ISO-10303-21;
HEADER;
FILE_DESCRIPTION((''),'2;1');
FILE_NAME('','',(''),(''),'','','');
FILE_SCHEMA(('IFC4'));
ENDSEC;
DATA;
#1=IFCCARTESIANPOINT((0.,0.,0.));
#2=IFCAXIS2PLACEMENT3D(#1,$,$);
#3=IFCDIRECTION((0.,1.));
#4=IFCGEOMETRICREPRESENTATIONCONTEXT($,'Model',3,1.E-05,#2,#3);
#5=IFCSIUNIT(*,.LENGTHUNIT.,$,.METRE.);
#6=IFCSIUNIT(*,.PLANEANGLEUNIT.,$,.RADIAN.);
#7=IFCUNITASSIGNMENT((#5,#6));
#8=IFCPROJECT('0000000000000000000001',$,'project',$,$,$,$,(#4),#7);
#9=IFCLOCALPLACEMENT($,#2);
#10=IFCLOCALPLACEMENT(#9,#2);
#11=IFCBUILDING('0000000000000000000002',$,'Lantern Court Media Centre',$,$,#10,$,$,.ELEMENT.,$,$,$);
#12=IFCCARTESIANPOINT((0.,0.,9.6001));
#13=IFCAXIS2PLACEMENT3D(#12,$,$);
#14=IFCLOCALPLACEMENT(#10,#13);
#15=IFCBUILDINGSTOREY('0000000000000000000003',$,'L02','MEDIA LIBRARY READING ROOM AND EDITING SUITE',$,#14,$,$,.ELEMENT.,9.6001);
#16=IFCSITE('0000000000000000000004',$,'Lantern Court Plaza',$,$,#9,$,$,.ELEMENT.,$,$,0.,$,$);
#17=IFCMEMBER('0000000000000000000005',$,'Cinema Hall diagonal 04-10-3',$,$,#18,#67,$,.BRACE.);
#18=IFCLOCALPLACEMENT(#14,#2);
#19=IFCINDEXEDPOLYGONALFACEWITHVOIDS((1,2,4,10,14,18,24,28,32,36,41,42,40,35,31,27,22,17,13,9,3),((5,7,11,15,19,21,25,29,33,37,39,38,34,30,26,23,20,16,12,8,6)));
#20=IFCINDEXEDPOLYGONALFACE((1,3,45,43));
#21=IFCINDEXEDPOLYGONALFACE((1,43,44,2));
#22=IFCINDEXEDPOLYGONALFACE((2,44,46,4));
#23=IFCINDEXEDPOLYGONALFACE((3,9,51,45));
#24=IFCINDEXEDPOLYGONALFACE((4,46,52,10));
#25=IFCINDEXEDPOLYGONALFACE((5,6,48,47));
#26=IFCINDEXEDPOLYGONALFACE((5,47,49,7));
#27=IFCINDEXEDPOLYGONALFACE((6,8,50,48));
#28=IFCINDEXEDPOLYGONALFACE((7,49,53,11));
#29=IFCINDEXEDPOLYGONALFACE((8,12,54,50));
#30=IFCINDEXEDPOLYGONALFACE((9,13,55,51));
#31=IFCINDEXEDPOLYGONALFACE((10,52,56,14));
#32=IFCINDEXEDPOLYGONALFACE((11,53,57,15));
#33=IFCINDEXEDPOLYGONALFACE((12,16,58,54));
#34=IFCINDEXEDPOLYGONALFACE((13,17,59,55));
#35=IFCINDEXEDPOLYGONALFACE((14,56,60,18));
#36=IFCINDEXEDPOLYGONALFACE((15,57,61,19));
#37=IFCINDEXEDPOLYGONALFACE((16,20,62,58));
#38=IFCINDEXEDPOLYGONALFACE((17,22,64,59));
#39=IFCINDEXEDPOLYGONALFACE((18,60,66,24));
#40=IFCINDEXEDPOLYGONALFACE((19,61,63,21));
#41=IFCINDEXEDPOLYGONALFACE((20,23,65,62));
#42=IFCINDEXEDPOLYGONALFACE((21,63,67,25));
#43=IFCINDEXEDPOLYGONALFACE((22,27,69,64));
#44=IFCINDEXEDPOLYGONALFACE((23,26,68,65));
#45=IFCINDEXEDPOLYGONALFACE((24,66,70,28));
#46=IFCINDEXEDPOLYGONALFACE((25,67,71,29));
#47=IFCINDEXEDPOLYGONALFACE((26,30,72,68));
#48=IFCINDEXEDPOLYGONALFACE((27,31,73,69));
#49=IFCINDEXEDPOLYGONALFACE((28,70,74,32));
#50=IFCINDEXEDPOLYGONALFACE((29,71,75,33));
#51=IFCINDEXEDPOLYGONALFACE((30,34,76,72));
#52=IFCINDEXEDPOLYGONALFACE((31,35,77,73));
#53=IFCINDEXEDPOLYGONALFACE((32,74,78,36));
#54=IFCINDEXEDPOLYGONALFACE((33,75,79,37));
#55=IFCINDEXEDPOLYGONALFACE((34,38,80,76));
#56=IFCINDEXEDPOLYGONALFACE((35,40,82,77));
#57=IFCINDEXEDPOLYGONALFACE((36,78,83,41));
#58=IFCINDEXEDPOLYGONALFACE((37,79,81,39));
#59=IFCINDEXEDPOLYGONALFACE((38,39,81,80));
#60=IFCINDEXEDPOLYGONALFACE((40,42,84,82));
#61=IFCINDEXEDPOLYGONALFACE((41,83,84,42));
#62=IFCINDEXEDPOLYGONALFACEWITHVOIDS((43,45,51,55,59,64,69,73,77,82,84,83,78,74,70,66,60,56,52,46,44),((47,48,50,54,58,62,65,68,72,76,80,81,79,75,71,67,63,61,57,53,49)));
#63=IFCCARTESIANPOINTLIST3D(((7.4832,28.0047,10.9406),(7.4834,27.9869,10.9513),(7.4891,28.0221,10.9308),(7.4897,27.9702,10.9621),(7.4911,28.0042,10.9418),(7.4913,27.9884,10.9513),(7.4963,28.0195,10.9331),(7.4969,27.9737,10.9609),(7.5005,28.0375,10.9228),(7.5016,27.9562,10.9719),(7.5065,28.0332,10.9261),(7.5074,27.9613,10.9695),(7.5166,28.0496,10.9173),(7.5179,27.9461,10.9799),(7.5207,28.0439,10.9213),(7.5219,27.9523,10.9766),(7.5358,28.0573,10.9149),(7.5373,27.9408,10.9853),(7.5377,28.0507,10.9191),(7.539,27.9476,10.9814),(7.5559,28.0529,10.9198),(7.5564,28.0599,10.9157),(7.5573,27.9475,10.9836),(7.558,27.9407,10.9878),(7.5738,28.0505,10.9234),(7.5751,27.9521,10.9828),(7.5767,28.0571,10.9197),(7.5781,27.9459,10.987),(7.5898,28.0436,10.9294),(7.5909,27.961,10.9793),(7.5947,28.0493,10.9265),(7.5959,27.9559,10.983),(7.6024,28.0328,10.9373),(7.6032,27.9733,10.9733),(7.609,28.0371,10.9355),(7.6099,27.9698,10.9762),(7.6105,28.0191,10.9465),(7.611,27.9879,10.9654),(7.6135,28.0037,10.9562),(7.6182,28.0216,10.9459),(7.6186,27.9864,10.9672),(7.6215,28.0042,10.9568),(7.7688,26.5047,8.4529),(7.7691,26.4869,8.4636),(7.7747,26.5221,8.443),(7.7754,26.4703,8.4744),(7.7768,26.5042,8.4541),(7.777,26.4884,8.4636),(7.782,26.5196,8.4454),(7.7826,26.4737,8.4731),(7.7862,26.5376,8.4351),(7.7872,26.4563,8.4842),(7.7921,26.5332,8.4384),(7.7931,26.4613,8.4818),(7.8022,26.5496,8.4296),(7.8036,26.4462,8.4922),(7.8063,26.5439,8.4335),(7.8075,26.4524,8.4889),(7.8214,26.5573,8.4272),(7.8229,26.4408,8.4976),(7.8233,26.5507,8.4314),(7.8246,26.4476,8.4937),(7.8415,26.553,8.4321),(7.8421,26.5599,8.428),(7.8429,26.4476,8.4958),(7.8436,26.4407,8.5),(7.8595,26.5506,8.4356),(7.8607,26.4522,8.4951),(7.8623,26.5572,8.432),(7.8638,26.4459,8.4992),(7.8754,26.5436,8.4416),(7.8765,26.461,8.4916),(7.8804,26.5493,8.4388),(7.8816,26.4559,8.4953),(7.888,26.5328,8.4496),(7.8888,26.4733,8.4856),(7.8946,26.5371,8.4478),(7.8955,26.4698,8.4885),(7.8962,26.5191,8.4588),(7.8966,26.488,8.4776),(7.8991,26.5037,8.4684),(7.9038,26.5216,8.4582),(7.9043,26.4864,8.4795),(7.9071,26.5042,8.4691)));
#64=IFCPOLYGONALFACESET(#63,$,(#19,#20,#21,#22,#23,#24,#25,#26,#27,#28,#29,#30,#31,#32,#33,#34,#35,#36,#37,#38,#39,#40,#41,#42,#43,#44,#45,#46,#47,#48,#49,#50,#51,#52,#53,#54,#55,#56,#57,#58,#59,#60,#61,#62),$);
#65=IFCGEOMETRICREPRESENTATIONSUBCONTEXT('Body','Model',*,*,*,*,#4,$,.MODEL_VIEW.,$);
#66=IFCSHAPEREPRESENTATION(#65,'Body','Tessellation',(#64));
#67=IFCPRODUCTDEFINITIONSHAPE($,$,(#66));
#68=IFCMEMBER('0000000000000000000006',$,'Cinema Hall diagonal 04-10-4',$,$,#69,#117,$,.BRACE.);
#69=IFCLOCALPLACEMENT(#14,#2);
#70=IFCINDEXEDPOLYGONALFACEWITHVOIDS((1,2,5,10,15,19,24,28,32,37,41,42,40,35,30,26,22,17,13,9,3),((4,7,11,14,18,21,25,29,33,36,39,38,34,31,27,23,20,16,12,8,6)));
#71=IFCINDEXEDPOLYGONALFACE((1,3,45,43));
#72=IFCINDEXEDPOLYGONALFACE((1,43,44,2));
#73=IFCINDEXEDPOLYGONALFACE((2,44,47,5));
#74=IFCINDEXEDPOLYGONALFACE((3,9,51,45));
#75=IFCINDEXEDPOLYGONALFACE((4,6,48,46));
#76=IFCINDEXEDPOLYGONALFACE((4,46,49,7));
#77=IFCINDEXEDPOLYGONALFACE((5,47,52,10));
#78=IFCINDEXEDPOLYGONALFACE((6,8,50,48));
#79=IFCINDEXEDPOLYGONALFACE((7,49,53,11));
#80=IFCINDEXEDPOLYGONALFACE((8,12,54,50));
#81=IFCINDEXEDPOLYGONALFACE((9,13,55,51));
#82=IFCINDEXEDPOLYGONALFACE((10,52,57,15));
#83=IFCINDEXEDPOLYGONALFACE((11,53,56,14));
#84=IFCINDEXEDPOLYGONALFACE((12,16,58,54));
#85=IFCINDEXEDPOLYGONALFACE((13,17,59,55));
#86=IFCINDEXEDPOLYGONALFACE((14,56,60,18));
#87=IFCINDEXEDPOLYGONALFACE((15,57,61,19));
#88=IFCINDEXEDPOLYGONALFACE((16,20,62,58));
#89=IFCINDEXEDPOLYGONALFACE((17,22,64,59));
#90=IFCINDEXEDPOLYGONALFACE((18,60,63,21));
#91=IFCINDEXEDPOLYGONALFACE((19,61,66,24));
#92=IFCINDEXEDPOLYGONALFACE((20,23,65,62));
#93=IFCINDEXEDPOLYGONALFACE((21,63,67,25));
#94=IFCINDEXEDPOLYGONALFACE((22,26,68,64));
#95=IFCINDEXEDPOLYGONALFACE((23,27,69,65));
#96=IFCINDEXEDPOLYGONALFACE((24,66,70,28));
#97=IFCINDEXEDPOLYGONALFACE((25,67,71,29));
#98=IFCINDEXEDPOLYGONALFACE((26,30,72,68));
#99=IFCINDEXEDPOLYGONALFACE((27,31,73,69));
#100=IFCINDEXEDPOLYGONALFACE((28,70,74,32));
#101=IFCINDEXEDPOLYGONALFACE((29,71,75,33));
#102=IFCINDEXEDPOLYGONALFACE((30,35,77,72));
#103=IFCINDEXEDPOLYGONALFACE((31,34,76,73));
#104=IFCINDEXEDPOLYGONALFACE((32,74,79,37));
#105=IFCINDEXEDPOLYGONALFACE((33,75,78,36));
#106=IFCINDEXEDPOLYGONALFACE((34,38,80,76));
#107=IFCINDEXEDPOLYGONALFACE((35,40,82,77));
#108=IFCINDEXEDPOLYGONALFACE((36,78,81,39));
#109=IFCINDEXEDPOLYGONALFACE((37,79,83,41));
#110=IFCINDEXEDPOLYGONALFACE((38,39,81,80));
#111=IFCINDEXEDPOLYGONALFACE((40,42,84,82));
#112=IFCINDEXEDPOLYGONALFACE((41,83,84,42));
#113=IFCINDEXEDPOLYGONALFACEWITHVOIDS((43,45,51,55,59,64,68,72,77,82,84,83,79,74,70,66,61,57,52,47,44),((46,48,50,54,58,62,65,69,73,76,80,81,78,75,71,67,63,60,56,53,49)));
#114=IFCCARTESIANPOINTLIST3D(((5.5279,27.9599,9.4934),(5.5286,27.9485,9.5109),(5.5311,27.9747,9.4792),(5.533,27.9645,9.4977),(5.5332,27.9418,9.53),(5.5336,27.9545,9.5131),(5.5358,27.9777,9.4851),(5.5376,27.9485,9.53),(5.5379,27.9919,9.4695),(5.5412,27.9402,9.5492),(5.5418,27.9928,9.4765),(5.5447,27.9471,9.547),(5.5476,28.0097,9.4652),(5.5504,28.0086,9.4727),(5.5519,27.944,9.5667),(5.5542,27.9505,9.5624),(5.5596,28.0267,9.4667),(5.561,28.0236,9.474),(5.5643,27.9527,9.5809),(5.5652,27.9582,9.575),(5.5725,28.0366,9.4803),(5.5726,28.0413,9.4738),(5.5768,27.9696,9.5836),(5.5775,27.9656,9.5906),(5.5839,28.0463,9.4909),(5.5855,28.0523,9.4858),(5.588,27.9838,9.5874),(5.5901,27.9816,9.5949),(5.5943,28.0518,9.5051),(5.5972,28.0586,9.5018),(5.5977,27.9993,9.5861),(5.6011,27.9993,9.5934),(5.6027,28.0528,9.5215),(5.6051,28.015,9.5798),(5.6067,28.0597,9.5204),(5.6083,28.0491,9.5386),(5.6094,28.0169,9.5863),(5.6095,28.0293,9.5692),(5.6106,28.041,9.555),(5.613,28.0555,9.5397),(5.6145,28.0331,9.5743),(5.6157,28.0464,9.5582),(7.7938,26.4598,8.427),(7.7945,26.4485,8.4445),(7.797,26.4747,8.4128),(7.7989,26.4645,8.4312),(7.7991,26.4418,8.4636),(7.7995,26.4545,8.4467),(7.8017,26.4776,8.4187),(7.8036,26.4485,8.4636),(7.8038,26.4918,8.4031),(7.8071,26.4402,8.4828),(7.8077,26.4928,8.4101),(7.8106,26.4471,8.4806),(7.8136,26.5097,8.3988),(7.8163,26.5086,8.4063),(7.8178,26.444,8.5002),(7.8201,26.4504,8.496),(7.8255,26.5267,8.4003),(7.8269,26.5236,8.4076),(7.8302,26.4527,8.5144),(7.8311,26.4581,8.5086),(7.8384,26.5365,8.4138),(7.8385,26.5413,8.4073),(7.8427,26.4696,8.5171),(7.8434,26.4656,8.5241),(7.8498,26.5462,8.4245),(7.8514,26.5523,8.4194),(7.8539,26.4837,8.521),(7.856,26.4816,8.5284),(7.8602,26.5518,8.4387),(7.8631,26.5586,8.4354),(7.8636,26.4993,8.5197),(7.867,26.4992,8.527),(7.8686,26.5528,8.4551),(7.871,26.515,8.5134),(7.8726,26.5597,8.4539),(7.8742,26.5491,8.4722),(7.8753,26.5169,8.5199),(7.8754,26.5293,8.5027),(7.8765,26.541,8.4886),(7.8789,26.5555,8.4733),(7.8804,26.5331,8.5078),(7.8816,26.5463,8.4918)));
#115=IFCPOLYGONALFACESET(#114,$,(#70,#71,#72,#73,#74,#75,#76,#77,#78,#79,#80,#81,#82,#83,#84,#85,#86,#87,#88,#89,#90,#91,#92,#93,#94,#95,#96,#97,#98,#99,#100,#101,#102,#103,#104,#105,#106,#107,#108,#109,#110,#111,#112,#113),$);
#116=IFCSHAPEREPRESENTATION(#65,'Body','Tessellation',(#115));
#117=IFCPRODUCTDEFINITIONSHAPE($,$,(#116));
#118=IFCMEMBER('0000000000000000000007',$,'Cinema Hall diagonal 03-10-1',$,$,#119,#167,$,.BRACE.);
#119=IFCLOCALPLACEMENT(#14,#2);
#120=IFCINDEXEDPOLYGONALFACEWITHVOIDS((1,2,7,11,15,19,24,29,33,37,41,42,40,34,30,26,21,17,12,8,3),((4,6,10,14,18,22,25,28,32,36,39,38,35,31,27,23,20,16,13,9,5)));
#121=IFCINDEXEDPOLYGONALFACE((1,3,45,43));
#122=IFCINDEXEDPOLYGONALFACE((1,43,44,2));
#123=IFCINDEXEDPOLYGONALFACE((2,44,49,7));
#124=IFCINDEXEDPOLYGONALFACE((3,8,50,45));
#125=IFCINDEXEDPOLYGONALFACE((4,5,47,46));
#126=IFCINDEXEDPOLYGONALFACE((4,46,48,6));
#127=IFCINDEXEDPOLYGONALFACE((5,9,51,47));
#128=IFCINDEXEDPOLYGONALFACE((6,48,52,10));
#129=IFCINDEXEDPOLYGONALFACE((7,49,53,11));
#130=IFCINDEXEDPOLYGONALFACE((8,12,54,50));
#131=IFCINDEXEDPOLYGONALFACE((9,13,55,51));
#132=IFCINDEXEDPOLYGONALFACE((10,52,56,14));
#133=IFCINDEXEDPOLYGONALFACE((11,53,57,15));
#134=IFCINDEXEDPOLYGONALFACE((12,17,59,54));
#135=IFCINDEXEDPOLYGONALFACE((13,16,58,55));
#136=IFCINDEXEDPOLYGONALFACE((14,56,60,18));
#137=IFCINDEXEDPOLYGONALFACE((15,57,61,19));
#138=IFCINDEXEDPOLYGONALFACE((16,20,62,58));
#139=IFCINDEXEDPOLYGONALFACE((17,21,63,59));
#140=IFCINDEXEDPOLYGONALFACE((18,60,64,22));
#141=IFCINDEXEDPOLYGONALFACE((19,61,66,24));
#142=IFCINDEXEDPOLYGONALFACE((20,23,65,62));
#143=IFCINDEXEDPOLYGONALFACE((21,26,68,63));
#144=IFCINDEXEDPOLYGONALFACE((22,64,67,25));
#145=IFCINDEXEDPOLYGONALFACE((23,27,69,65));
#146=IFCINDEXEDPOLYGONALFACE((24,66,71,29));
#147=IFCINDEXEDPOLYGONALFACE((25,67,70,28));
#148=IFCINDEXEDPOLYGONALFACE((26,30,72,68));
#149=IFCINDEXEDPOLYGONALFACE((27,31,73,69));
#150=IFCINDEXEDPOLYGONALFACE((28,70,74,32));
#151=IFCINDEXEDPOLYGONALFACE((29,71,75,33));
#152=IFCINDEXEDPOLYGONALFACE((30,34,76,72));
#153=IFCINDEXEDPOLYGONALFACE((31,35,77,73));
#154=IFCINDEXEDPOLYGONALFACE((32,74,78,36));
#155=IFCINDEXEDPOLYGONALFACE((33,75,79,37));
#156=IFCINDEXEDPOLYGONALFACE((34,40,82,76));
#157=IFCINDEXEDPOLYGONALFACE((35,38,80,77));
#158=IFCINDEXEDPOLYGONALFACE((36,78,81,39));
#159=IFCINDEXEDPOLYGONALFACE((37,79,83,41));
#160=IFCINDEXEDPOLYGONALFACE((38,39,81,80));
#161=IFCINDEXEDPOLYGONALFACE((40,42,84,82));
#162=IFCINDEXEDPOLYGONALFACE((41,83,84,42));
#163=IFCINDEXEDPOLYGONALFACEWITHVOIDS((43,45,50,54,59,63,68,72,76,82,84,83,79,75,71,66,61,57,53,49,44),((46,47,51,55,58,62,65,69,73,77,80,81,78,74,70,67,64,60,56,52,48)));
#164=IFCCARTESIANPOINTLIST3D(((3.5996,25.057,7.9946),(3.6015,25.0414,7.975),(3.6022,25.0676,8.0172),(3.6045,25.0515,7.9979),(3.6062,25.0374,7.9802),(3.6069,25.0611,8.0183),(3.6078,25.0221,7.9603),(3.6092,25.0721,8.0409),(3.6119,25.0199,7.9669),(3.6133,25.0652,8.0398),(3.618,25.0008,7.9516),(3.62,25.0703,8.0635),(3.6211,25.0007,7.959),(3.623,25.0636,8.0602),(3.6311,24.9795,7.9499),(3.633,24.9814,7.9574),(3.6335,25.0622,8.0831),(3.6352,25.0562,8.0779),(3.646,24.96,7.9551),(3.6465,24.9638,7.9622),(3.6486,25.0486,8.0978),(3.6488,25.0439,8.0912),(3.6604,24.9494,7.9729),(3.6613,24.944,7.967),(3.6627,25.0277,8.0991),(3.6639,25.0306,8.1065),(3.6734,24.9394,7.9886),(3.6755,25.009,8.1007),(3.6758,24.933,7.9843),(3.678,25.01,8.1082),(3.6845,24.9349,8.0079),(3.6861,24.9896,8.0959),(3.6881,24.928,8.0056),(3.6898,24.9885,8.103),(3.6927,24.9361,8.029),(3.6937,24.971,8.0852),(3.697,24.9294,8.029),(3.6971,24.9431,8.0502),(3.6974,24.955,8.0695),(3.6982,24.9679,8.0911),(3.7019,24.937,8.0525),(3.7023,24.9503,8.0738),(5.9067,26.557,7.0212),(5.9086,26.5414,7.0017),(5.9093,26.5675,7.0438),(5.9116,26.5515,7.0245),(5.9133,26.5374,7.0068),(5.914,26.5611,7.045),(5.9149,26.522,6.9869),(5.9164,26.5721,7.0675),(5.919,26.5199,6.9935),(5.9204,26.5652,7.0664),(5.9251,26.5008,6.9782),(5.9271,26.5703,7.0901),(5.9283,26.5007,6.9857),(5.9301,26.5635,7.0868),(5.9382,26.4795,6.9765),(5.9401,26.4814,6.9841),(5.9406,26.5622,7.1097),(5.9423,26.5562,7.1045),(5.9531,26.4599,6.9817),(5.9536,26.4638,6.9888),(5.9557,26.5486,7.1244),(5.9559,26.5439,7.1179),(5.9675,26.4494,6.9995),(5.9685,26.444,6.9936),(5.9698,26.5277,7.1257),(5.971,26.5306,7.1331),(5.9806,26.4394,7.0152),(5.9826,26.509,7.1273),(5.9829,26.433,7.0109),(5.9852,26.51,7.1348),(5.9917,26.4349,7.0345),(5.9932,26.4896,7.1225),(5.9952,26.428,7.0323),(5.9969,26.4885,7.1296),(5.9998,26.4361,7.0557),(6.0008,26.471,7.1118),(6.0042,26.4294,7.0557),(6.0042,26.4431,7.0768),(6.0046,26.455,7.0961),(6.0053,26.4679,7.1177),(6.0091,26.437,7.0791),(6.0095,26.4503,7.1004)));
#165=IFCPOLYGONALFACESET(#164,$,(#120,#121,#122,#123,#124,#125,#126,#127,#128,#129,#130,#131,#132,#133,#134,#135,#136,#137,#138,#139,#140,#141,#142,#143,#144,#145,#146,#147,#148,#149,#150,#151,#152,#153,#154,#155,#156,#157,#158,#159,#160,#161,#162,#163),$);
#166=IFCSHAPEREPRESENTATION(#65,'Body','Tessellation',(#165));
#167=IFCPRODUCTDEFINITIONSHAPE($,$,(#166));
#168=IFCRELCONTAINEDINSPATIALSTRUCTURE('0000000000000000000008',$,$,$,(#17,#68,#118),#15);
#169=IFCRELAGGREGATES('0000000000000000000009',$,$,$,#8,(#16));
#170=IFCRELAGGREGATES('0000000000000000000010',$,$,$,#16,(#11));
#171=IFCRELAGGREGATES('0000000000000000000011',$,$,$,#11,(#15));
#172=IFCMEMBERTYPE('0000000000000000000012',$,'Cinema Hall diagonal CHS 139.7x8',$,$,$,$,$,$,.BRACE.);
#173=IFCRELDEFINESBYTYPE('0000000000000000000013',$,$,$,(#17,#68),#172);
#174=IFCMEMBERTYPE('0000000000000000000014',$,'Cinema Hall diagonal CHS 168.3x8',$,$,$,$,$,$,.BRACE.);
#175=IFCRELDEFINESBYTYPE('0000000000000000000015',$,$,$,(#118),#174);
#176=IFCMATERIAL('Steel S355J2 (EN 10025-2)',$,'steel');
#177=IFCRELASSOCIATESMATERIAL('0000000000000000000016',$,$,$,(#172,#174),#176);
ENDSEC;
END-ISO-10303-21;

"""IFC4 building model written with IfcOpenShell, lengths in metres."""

from ifc_helpers import new_model, si_unit, direction, frame, origin, origin_2d, place, context, subcontext, project, spatial, hollow_circle, extrude, material, material_profile, profile_set, type_object, element, save


model = new_model("IFC4")

# Units and contexts
model_context = context("Model", 3, precision=1e-05, world=origin(), true_north=direction((0.0, 1.0)))
body_context = subcontext(model_context, "Body", "Model", "MODEL_VIEW")
ifc_project = project(units=[si_unit("LENGTHUNIT", "METRE"), si_unit("PLANEANGLEUNIT", "RADIAN")], contexts=[model_context])

# Site, building, storey
site_placement = place(None, origin())
site = spatial("IfcSite", under=ifc_project, at=site_placement, Name="Lantern Court Plaza", CompositionType="ELEMENT", RefElevation=0.0)
building_placement = place(site_placement, origin())
building = spatial("IfcBuilding", under=site, at=building_placement, Name="Lantern Court Media Centre", CompositionType="ELEMENT")
storey_placement = place(building_placement, frame((0.0, 0.0, 9.6001)))
storey = spatial("IfcBuildingStorey", under=building, at=storey_placement, Name="L02", Description="MEDIA LIBRARY READING ROOM AND EDITING SUITE", CompositionType="ELEMENT", Elevation=9.6001)

# Members
ifc_material = material(Name="Steel S355J2 (EN 10025-2)", Category="steel")
ifc_material_profile_1 = material_profile(ifc_material, hollow_circle(Radius=0.0698, WallThickness=0.0081, at=origin_2d()), Name="Cinema Hall diagonal CHS 139.7x8")
ifc_profile_set_1 = profile_set([ifc_material_profile_1], Name="Steel S355J2 (EN 10025-2)")
member_type_1 = type_object("IfcMemberType", Name="Cinema Hall diagonal CHS 139.7x8", PredefinedType="BRACE", material=ifc_profile_set_1)
for number, where, z_axis, x_axis, name in (
    (1, (7.8376, 26.5, 8.4636), (-0.097856, 0.51387, 0.852268), (-0.982347, -0.187068, 0.0), "Cinema Hall diagonal 04-10-3"),
):
    element("IfcMember", number, at=place(storey_placement, frame(where, z_axis=z_axis, x_axis=x_axis)), inside=storey, type_object=member_type_1, Name=name, PredefinedType="BRACE", context=body_context, shape_type="SweptSolid", body=[
        extrude(hollow_circle(Radius=0.0698, WallThickness=0.0081, at=origin_2d()), origin(), (0.0, 0.0, 1.0), 2.9189),
    ])
member_1_placement = place(storey_placement, frame((7.8376, 26.5, 8.4636), z_axis=(-0.776211, 0.51385, 0.365315), x_axis=(-0.552002, -0.833843, 0.0)))
element("IfcMember", 2, at=member_1_placement, inside=storey, type_object=member_type_1, Name="Cinema Hall diagonal 04-10-4", PredefinedType="BRACE", context=body_context, shape_type="SweptSolid", body=[
    extrude(hollow_circle(Radius=0.0698, WallThickness=0.0081, at=origin_2d()), origin(), (0.0, 0.0, 1.0), 2.9192),
])
ifc_material_profile_2 = material_profile(ifc_material, hollow_circle(Radius=0.0842, WallThickness=0.0081, at=origin_2d()), Name="Cinema Hall diagonal CHS 168.3x8")
ifc_profile_set_2 = profile_set([ifc_material_profile_2], Name="Steel S355J2 (EN 10025-2)")
member_type_2 = type_object("IfcMemberType", Name="Cinema Hall diagonal CHS 168.3x8", PredefinedType="BRACE", material=ifc_profile_set_2)
member_2_placement = place(storey_placement, frame((5.9583, 26.5, 7.0557), z_axis=(-0.790394, -0.513882, 0.333471), x_axis=(0.545082, -0.838383, 0.0)))
element("IfcMember", 3, at=member_2_placement, inside=storey, type_object=member_type_2, Name="Cinema Hall diagonal 03-10-1", PredefinedType="BRACE", context=body_context, shape_type="SweptSolid", body=[
    extrude(hollow_circle(Radius=0.0842, WallThickness=0.0081, at=origin_2d()), origin(), (0.0, 0.0, 1.0), 2.9189),
])

save(model, "model.ifc")
